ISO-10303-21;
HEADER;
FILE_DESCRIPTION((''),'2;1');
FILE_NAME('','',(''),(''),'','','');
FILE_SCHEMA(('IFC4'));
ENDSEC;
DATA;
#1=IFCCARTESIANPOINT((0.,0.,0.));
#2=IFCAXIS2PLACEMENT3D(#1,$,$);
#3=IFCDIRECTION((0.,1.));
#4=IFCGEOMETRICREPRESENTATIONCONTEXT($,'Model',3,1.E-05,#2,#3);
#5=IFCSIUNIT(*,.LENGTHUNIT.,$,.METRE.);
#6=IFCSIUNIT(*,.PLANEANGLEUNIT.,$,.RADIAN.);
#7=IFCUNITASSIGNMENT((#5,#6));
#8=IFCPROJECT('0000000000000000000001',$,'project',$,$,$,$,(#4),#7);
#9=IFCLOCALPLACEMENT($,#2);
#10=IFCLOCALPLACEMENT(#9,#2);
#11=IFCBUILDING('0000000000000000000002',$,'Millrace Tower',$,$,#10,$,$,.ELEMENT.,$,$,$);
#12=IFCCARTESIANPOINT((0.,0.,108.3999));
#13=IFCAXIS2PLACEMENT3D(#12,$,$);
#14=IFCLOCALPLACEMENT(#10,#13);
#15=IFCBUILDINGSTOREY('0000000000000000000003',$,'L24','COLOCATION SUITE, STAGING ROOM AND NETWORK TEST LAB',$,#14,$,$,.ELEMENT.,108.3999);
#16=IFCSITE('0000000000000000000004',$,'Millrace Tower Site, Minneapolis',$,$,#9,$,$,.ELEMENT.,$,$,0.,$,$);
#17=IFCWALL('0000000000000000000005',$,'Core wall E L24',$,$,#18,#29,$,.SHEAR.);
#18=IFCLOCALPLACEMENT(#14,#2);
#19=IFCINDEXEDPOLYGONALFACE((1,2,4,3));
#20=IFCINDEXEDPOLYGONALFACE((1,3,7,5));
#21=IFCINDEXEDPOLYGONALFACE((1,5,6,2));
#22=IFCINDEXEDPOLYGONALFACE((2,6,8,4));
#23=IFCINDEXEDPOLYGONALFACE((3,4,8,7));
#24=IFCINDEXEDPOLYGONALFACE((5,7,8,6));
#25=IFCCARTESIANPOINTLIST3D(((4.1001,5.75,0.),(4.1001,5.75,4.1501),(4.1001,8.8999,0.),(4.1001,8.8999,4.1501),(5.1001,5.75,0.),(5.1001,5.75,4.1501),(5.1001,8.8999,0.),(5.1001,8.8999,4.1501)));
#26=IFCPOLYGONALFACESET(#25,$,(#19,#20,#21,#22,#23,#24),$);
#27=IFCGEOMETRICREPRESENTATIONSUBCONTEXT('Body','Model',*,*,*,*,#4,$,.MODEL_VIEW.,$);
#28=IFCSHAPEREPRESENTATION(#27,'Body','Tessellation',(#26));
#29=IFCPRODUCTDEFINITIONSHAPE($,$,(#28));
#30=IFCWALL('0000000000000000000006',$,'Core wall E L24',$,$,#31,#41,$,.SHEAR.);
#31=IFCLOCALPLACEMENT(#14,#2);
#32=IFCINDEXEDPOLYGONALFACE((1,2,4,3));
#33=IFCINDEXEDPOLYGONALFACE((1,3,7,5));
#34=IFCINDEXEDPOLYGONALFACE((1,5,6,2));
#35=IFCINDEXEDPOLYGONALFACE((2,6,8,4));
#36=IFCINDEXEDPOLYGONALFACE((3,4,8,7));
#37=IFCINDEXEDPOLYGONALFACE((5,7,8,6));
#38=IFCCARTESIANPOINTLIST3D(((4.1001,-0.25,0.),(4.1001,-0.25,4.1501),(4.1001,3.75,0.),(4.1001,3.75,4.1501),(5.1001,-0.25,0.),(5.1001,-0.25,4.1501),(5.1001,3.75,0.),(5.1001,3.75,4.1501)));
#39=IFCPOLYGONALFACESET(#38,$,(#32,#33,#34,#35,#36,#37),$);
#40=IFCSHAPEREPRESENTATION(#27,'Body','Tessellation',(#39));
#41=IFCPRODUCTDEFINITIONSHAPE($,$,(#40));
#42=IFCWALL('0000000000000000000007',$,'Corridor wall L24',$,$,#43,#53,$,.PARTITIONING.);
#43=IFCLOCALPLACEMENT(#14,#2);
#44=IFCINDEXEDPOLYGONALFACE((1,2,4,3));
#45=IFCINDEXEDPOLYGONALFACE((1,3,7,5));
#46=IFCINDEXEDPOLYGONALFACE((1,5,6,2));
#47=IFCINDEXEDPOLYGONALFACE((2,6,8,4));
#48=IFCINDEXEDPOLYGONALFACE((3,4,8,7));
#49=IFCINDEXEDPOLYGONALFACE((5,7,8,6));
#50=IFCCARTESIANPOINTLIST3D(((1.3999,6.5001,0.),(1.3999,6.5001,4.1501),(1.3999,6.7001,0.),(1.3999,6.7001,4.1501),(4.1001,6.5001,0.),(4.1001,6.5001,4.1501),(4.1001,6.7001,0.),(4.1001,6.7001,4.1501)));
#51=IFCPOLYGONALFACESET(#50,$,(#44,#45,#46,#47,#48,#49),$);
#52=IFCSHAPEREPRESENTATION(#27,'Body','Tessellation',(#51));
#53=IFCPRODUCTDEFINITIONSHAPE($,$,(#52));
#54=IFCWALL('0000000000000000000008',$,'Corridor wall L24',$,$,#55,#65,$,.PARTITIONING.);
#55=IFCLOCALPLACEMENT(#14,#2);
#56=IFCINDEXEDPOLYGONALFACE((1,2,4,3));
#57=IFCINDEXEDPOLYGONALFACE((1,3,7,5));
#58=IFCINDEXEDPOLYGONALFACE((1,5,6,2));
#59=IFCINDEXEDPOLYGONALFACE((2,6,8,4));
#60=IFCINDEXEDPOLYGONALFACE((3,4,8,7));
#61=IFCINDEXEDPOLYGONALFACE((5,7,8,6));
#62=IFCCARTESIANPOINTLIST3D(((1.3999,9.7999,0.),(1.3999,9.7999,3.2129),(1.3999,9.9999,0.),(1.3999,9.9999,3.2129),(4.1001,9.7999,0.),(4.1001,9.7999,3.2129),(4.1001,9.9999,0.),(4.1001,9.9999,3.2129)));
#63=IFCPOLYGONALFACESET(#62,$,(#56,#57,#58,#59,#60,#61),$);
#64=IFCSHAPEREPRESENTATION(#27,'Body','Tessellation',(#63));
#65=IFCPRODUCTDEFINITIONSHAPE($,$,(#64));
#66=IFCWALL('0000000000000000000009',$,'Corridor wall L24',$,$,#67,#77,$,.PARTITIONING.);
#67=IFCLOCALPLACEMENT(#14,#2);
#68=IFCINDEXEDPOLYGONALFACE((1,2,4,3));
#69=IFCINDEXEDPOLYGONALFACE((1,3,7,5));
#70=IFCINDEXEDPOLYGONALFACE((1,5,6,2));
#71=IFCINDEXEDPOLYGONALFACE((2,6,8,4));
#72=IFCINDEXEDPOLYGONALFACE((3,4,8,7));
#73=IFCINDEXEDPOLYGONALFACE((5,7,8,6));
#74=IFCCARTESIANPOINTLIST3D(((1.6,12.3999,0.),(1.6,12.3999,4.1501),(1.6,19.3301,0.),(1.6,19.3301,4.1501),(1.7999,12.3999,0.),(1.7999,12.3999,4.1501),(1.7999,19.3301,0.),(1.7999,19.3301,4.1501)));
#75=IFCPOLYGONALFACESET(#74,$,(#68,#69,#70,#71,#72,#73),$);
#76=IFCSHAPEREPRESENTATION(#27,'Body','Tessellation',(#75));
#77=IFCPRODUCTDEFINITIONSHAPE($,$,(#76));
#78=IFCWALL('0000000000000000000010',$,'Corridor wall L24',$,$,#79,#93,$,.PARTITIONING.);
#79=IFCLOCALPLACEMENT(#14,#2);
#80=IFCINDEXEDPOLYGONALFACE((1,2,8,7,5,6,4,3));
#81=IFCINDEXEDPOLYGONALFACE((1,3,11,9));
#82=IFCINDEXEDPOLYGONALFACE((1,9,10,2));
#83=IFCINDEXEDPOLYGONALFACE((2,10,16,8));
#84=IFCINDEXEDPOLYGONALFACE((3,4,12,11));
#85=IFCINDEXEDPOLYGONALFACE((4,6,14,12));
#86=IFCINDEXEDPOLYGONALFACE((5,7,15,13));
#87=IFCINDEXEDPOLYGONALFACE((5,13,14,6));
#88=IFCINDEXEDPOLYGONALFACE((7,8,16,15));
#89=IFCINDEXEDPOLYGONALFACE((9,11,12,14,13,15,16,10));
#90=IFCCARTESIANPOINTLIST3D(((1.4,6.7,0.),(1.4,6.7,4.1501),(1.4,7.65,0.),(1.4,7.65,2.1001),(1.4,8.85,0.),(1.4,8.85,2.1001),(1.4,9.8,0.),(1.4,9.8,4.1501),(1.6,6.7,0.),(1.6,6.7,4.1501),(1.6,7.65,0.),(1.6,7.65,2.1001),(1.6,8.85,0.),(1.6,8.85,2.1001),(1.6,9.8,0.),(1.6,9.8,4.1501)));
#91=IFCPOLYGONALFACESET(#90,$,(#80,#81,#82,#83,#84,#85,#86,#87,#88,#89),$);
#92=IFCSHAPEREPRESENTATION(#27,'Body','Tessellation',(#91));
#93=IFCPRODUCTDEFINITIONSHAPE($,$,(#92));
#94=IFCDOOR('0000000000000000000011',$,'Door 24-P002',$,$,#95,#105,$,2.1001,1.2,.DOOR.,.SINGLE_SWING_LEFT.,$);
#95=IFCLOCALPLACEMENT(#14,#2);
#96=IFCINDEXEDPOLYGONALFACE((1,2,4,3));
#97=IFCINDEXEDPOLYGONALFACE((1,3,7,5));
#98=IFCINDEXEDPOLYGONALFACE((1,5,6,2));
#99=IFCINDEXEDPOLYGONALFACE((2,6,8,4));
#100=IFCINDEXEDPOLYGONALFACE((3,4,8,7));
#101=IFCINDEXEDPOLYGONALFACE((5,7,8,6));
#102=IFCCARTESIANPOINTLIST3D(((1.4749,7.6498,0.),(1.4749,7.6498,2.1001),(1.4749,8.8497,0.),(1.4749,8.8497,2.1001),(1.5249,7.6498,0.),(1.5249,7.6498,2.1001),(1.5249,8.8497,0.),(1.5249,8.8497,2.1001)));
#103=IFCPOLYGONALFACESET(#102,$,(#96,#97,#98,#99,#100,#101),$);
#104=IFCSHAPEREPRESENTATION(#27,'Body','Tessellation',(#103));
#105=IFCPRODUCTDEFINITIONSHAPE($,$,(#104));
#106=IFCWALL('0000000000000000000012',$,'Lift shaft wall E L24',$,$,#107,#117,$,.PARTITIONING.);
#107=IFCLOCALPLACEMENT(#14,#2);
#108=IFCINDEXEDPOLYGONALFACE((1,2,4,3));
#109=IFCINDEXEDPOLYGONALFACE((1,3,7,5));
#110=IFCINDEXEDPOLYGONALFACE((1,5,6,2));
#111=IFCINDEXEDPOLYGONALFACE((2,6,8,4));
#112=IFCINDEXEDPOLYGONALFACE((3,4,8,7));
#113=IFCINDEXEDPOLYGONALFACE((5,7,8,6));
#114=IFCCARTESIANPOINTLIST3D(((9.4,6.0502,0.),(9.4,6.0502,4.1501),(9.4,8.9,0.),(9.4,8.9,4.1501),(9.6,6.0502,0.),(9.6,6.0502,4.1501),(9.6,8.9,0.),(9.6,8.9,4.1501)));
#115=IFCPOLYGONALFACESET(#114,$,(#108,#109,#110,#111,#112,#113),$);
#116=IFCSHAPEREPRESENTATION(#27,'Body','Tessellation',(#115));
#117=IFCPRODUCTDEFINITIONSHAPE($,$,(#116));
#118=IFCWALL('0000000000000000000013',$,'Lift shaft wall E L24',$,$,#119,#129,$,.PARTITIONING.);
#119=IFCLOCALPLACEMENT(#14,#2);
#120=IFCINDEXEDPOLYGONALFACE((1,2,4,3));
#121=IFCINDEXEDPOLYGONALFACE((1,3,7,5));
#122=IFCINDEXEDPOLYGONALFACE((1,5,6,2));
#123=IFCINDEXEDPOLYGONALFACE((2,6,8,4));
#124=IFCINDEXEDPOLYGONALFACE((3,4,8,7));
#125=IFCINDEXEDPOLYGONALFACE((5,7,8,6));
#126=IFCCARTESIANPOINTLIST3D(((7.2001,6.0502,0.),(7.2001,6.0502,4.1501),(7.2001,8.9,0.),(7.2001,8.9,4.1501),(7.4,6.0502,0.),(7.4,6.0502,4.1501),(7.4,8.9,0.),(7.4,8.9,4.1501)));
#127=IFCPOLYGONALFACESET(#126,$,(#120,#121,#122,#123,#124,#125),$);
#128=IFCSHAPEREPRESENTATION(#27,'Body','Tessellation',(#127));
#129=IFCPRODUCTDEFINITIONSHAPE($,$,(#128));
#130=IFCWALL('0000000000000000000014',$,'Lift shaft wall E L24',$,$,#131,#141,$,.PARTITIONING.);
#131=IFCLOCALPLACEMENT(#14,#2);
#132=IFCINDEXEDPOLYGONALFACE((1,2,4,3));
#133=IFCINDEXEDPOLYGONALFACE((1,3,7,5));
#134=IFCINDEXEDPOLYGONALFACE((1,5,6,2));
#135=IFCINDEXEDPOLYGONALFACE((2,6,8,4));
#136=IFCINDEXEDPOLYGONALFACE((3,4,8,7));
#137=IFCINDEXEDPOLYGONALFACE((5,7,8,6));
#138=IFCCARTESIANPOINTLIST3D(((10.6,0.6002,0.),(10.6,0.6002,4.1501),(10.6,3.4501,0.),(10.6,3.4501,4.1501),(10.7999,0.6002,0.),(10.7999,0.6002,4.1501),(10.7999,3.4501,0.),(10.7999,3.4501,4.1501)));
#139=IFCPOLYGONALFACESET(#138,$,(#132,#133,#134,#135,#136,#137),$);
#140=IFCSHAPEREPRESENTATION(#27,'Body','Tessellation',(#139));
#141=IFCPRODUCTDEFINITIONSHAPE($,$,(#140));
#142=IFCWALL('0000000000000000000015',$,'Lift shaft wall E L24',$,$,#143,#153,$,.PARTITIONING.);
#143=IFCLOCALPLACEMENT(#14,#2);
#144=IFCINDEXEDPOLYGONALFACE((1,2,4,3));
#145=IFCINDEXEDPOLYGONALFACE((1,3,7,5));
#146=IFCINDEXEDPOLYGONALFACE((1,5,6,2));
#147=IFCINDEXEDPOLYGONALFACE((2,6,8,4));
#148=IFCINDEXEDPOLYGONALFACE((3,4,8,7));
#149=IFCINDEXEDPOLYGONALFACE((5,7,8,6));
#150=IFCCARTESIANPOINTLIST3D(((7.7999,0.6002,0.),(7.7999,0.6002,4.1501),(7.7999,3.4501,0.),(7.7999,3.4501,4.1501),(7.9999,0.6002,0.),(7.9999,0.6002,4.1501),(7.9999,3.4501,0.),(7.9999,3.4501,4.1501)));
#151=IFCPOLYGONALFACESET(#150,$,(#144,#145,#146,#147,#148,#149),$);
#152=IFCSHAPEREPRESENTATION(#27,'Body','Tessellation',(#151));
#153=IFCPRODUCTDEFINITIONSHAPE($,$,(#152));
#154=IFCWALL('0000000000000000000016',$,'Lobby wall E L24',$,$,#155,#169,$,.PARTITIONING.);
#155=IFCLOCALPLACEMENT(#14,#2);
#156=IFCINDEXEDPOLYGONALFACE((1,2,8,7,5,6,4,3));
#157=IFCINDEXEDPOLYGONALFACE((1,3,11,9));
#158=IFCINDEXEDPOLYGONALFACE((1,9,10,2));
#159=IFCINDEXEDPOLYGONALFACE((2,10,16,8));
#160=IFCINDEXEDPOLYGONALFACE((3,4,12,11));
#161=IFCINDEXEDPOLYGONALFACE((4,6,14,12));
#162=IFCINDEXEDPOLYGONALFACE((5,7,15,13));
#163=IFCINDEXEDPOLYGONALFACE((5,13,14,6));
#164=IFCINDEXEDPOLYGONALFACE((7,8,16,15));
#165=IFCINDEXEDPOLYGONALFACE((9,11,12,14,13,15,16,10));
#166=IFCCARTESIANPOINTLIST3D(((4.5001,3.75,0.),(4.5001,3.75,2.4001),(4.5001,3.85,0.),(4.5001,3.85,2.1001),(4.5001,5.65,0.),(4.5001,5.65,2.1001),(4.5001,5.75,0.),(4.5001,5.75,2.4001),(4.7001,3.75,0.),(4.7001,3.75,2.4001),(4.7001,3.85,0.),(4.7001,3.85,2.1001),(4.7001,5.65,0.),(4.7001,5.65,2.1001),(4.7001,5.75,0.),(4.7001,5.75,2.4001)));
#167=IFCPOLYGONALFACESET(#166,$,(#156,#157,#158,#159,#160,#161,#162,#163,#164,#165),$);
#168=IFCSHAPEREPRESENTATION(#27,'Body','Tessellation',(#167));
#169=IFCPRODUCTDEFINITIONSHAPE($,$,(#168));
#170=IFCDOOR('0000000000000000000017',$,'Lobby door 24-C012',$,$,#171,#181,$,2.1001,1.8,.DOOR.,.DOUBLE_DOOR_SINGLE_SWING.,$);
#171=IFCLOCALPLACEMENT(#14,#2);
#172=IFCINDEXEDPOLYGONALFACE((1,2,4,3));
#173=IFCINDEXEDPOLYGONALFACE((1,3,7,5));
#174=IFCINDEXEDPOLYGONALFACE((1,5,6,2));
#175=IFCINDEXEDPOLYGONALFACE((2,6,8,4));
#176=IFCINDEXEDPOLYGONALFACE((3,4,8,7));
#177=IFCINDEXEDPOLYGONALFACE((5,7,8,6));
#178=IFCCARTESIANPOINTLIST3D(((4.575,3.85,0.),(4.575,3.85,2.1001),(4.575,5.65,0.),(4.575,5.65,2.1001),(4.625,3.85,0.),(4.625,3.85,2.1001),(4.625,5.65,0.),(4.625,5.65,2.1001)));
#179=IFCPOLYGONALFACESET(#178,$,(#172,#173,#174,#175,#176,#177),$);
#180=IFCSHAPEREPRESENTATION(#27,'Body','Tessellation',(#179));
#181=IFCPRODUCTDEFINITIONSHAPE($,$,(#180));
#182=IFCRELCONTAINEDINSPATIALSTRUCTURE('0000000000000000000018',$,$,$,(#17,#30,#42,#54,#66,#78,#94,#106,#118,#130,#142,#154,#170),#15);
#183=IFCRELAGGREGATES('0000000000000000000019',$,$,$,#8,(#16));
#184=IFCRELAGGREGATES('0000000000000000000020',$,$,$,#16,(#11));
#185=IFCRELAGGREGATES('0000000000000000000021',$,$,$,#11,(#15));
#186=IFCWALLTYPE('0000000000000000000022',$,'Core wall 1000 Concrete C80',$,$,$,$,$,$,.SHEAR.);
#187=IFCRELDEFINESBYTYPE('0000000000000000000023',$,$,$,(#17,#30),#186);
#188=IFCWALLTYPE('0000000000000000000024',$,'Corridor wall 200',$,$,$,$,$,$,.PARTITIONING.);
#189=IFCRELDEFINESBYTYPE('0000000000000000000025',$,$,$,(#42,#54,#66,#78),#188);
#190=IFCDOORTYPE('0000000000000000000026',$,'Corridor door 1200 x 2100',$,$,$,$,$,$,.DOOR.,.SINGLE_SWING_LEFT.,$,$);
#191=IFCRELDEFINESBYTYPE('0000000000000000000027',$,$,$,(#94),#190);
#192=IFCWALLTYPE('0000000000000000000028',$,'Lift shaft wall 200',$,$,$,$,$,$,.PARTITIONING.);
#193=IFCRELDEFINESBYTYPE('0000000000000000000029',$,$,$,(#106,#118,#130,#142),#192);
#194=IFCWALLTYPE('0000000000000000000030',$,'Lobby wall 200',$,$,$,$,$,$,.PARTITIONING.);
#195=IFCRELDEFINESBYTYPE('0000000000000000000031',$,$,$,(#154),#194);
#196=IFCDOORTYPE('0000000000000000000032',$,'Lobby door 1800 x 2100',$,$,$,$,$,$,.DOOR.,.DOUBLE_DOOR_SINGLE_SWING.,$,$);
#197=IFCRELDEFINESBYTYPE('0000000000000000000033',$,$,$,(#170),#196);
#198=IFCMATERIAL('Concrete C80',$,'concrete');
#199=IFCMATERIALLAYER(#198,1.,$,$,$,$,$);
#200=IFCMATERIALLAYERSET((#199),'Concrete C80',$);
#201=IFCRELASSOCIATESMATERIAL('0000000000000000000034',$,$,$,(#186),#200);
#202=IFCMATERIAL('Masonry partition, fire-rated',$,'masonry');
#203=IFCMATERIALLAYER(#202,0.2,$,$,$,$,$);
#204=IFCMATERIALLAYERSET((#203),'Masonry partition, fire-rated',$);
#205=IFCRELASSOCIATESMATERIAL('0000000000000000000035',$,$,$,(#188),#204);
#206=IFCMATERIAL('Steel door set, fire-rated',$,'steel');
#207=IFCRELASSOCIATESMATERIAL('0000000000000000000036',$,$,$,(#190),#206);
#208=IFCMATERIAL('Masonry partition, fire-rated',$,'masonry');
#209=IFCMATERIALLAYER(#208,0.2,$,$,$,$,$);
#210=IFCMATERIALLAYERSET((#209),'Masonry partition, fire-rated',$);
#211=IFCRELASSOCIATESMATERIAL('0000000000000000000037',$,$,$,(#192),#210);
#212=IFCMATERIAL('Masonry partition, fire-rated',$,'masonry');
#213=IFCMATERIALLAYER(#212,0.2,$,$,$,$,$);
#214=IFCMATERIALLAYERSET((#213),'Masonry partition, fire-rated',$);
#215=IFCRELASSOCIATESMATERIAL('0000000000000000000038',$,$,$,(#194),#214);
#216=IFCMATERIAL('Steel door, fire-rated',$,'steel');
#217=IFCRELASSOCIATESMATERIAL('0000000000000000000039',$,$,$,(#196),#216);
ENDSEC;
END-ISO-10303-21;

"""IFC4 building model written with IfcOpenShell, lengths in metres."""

from ifc_helpers import new_model, si_unit, direction, frame, frame_2d, origin, place, context, subcontext, project, spatial, rectangle, extrude, material, layer, layer_set, type_object, element, fill, save


model = new_model("IFC4")

# Units and contexts
model_context = context("Model", 3, precision=1e-05, world=origin(), true_north=direction((0.0, 1.0)))
body_context = subcontext(model_context, "Body", "Model", "MODEL_VIEW")
ifc_project = project(units=[si_unit("LENGTHUNIT", "METRE"), si_unit("PLANEANGLEUNIT", "RADIAN")], contexts=[model_context])

# Site, building, storey
site_placement = place(None, origin())
site = spatial("IfcSite", under=ifc_project, at=site_placement, Name="Millrace Tower Site, Minneapolis", CompositionType="ELEMENT", RefElevation=0.0)
building_placement = place(site_placement, origin())
building = spatial("IfcBuilding", under=site, at=building_placement, Name="Millrace Tower", CompositionType="ELEMENT")
storey_placement = place(building_placement, frame((0.0, 0.0, 108.3999)))
storey = spatial("IfcBuildingStorey", under=building, at=storey_placement, Name="L24", Description="COLOCATION SUITE, STAGING ROOM AND NETWORK TEST LAB", CompositionType="ELEMENT", Elevation=108.3999)

# Walls
ifc_material_1 = material(Name="Concrete C80", Category="concrete")
ifc_layer_1 = layer(ifc_material_1, 1.0)
ifc_layer_set_1 = layer_set([ifc_layer_1], Name="Concrete C80")
wall_type_1 = type_object("IfcWallType", Name="Core wall 1000 Concrete C80", PredefinedType="SHEAR", material=ifc_layer_set_1)
wall_1_placement = place(storey_placement, frame((4.6001, 8.8999, 0.0), z_axis=(0.0, 0.0, 1.0), x_axis=(0.0, -1.0, 0.0)))
element("IfcWall", 1, at=wall_1_placement, inside=storey, type_object=wall_type_1, Name="Core wall E L24", PredefinedType="SHEAR", context=body_context, shape_type="SweptSolid", body=[
    extrude(rectangle(XDim=3.1499, YDim=1.0, at=frame_2d((1.575, 0.0))), origin(), (0.0, 0.0, 1.0), 4.1501),
])
wall_2_placement = place(storey_placement, frame((4.6001, 3.75, 0.0), z_axis=(0.0, 0.0, 1.0), x_axis=(0.0, -1.0, 0.0)))
element("IfcWall", 2, at=wall_2_placement, inside=storey, type_object=wall_type_1, Name="Core wall E L24", PredefinedType="SHEAR", context=body_context, shape_type="SweptSolid", body=[
    extrude(rectangle(XDim=4.0, YDim=1.0, at=frame_2d((2.0, 0.0))), origin(), (0.0, 0.0, 1.0), 4.1501),
])
ifc_material_2 = material(Name="Masonry partition, fire-rated", Category="masonry")
ifc_layer_2 = layer(ifc_material_2, 0.2)
ifc_layer_set_2 = layer_set([ifc_layer_2], Name="Masonry partition, fire-rated")
wall_type_2 = type_object("IfcWallType", Name="Corridor wall 200", PredefinedType="PARTITIONING", material=ifc_layer_set_2)
wall_3_placement = place(storey_placement, frame((1.3999, 6.6001, 0.0), z_axis=(0.0, 0.0, 1.0), x_axis=(1.0, 0.0, 0.0)))
element("IfcWall", 3, at=wall_3_placement, inside=storey, type_object=wall_type_2, Name="Corridor wall L24", PredefinedType="PARTITIONING", context=body_context, shape_type="SweptSolid", body=[
    extrude(rectangle(XDim=2.7002, YDim=0.2, at=frame_2d((1.3501, 0.0))), origin(), (0.0, 0.0, 1.0), 4.1501),
])
wall_4_placement = place(storey_placement, frame((1.3999, 9.8999, 0.0), z_axis=(0.0, 0.0, 1.0), x_axis=(1.0, 0.0, 0.0)))
element("IfcWall", 4, at=wall_4_placement, inside=storey, type_object=wall_type_2, Name="Corridor wall L24", PredefinedType="PARTITIONING", context=body_context, shape_type="SweptSolid", body=[
    extrude(rectangle(XDim=2.7002, YDim=0.2, at=frame_2d((1.3501, 0.0))), origin(), (0.0, 0.0, 1.0), 3.2129),
])
wall_5_placement = place(storey_placement, frame((1.7, 12.3999, 0.0), z_axis=(0.0, 0.0, 1.0), x_axis=(0.0, 1.0, 0.0)))
element("IfcWall", 5, at=wall_5_placement, inside=storey, type_object=wall_type_2, Name="Corridor wall L24", PredefinedType="PARTITIONING", context=body_context, shape_type="SweptSolid", body=[
    extrude(rectangle(XDim=6.9302, YDim=0.2, at=frame_2d((3.4651, 0.0))), origin(), (0.0, 0.0, 1.0), 4.1501),
])

# Wall, opening, door
wall_6_placement = place(storey_placement, frame((1.5, 6.7, 0.0), z_axis=(0.0, 0.0, 1.0), x_axis=(0.0, 1.0, 0.0)))
wall_6 = element("IfcWall", 6, at=wall_6_placement, inside=storey, type_object=wall_type_2, Name="Corridor wall L24", PredefinedType="PARTITIONING", context=body_context, shape_type="SweptSolid", body=[
    extrude(rectangle(XDim=3.1001, YDim=0.2, at=frame_2d((1.55, 0.0))), origin(), (0.0, 0.0, 1.0), 4.1501),
])
opening_1_placement = place(wall_6_placement, frame((0.95, 0.0, 0.0)))
opening_1 = element("IfcOpeningElement", 7, at=opening_1_placement, cuts=wall_6, PredefinedType="OPENING", context=body_context, shape_type="SweptSolid", body=[
    extrude(rectangle(XDim=1.2, YDim=2.1001, at=frame_2d((0.6001, 1.05))), frame((0.0, 0.1099, 0.0), z_axis=(0.0, -1.0, 0.0), x_axis=(1.0, 0.0, 0.0)), (0.0, 0.0, 1.0), 0.22),
])
ifc_material_3 = material(Name="Steel door set, fire-rated", Category="steel")
door_type_1 = type_object("IfcDoorType", Name="Corridor door 1200 x 2100", OperationType="SINGLE_SWING_LEFT", PredefinedType="DOOR", material=ifc_material_3)
door_1_placement = place(opening_1_placement, frame((1.2, 0.0, 0.0), z_axis=(0.0, 0.0, 1.0), x_axis=(-1.0, 0.0, 0.0)))
door_1 = element("IfcDoor", 8, at=door_1_placement, inside=storey, type_object=door_type_1, Name="Door 24-P002", OperationType="SINGLE_SWING_LEFT", OverallHeight=2.1001, OverallWidth=1.2, PredefinedType="DOOR", context=body_context, shape_type="SweptSolid", body=[
    extrude(rectangle(XDim=1.2, YDim=2.1001, at=frame_2d((0.6001, 1.05))), frame((0.0, 0.0249, 0.0), z_axis=(0.0, -1.0, 0.0), x_axis=(1.0, 0.0, 0.0)), (0.0, 0.0, 1.0), 0.05),
])
fill(opening_1, door_1)

# Walls
ifc_material_4 = material(Name="Masonry partition, fire-rated", Category="masonry")
ifc_layer_3 = layer(ifc_material_4, 0.2)
ifc_layer_set_3 = layer_set([ifc_layer_3], Name="Masonry partition, fire-rated")
wall_type_3 = type_object("IfcWallType", Name="Lift shaft wall 200", PredefinedType="PARTITIONING", material=ifc_layer_set_3)
for number, where, z_axis, x_axis, name in (
    (9, (9.5, 8.8999, 0.0), (0.0, 0.0, 1.0), (0.0, -1.0, 0.0), "Lift shaft wall E L24"),
    (10, (7.3, 8.8999, 0.0), (0.0, 0.0, 1.0), (0.0, -1.0, 0.0), "Lift shaft wall E L24"),
    (11, (10.7, 3.45, 0.0), (0.0, 0.0, 1.0), (0.0, -1.0, 0.0), "Lift shaft wall E L24"),
    (12, (7.8999, 3.45, 0.0), (0.0, 0.0, 1.0), (0.0, -1.0, 0.0), "Lift shaft wall E L24"),
):
    element("IfcWall", number, at=place(storey_placement, frame(where, z_axis=z_axis, x_axis=x_axis)), inside=storey, type_object=wall_type_3, Name=name, PredefinedType="PARTITIONING", context=body_context, shape_type="SweptSolid", body=[
        extrude(rectangle(XDim=2.8499, YDim=0.2, at=frame_2d((1.4248, 0.0))), origin(), (0.0, 0.0, 1.0), 4.1501),
    ])

# Wall, opening, door
ifc_material_5 = material(Name="Masonry partition, fire-rated", Category="masonry")
ifc_layer_4 = layer(ifc_material_5, 0.2)
ifc_layer_set_4 = layer_set([ifc_layer_4], Name="Masonry partition, fire-rated")
wall_type_4 = type_object("IfcWallType", Name="Lobby wall 200", PredefinedType="PARTITIONING", material=ifc_layer_set_4)
wall_7_placement = place(storey_placement, frame((4.6001, 5.75, 0.0), z_axis=(0.0, 0.0, 1.0), x_axis=(0.0, -1.0, 0.0)))
wall_7 = element("IfcWall", 13, at=wall_7_placement, inside=storey, type_object=wall_type_4, Name="Lobby wall E L24", PredefinedType="PARTITIONING", context=body_context, shape_type="SweptSolid", body=[
    extrude(rectangle(XDim=2.0, YDim=0.2, at=frame_2d((1.0, 0.0))), origin(), (0.0, 0.0, 1.0), 2.4001),
])
opening_2_placement = place(wall_7_placement, frame((0.1001, 0.0, 0.0)))
opening_2 = element("IfcOpeningElement", 14, at=opening_2_placement, cuts=wall_7, PredefinedType="OPENING", context=body_context, shape_type="SweptSolid", body=[
    extrude(rectangle(XDim=1.8, YDim=2.1001, at=frame_2d((0.8999, 1.05))), frame((0.0, 0.1099, 0.0), z_axis=(0.0, -1.0, 0.0), x_axis=(1.0, 0.0, 0.0)), (0.0, 0.0, 1.0), 0.22),
])
ifc_material_6 = material(Name="Steel door, fire-rated", Category="steel")
door_type_2 = type_object("IfcDoorType", Name="Lobby door 1800 x 2100", OperationType="DOUBLE_DOOR_SINGLE_SWING", PredefinedType="DOOR", material=ifc_material_6)
door_2_placement = place(opening_2_placement, origin())
door_2 = element("IfcDoor", 15, at=door_2_placement, inside=storey, type_object=door_type_2, Name="Lobby door 24-C012", OperationType="DOUBLE_DOOR_SINGLE_SWING", OverallHeight=2.1001, OverallWidth=1.8, PredefinedType="DOOR", context=body_context, shape_type="SweptSolid", body=[
    extrude(rectangle(XDim=1.8, YDim=2.1001, at=frame_2d((0.8999, 1.05))), frame((0.0, 0.0249, 0.0), z_axis=(0.0, -1.0, 0.0), x_axis=(1.0, 0.0, 0.0)), (0.0, 0.0, 1.0), 0.05),
])
fill(opening_2, door_2)

save(model, "model.ifc")
